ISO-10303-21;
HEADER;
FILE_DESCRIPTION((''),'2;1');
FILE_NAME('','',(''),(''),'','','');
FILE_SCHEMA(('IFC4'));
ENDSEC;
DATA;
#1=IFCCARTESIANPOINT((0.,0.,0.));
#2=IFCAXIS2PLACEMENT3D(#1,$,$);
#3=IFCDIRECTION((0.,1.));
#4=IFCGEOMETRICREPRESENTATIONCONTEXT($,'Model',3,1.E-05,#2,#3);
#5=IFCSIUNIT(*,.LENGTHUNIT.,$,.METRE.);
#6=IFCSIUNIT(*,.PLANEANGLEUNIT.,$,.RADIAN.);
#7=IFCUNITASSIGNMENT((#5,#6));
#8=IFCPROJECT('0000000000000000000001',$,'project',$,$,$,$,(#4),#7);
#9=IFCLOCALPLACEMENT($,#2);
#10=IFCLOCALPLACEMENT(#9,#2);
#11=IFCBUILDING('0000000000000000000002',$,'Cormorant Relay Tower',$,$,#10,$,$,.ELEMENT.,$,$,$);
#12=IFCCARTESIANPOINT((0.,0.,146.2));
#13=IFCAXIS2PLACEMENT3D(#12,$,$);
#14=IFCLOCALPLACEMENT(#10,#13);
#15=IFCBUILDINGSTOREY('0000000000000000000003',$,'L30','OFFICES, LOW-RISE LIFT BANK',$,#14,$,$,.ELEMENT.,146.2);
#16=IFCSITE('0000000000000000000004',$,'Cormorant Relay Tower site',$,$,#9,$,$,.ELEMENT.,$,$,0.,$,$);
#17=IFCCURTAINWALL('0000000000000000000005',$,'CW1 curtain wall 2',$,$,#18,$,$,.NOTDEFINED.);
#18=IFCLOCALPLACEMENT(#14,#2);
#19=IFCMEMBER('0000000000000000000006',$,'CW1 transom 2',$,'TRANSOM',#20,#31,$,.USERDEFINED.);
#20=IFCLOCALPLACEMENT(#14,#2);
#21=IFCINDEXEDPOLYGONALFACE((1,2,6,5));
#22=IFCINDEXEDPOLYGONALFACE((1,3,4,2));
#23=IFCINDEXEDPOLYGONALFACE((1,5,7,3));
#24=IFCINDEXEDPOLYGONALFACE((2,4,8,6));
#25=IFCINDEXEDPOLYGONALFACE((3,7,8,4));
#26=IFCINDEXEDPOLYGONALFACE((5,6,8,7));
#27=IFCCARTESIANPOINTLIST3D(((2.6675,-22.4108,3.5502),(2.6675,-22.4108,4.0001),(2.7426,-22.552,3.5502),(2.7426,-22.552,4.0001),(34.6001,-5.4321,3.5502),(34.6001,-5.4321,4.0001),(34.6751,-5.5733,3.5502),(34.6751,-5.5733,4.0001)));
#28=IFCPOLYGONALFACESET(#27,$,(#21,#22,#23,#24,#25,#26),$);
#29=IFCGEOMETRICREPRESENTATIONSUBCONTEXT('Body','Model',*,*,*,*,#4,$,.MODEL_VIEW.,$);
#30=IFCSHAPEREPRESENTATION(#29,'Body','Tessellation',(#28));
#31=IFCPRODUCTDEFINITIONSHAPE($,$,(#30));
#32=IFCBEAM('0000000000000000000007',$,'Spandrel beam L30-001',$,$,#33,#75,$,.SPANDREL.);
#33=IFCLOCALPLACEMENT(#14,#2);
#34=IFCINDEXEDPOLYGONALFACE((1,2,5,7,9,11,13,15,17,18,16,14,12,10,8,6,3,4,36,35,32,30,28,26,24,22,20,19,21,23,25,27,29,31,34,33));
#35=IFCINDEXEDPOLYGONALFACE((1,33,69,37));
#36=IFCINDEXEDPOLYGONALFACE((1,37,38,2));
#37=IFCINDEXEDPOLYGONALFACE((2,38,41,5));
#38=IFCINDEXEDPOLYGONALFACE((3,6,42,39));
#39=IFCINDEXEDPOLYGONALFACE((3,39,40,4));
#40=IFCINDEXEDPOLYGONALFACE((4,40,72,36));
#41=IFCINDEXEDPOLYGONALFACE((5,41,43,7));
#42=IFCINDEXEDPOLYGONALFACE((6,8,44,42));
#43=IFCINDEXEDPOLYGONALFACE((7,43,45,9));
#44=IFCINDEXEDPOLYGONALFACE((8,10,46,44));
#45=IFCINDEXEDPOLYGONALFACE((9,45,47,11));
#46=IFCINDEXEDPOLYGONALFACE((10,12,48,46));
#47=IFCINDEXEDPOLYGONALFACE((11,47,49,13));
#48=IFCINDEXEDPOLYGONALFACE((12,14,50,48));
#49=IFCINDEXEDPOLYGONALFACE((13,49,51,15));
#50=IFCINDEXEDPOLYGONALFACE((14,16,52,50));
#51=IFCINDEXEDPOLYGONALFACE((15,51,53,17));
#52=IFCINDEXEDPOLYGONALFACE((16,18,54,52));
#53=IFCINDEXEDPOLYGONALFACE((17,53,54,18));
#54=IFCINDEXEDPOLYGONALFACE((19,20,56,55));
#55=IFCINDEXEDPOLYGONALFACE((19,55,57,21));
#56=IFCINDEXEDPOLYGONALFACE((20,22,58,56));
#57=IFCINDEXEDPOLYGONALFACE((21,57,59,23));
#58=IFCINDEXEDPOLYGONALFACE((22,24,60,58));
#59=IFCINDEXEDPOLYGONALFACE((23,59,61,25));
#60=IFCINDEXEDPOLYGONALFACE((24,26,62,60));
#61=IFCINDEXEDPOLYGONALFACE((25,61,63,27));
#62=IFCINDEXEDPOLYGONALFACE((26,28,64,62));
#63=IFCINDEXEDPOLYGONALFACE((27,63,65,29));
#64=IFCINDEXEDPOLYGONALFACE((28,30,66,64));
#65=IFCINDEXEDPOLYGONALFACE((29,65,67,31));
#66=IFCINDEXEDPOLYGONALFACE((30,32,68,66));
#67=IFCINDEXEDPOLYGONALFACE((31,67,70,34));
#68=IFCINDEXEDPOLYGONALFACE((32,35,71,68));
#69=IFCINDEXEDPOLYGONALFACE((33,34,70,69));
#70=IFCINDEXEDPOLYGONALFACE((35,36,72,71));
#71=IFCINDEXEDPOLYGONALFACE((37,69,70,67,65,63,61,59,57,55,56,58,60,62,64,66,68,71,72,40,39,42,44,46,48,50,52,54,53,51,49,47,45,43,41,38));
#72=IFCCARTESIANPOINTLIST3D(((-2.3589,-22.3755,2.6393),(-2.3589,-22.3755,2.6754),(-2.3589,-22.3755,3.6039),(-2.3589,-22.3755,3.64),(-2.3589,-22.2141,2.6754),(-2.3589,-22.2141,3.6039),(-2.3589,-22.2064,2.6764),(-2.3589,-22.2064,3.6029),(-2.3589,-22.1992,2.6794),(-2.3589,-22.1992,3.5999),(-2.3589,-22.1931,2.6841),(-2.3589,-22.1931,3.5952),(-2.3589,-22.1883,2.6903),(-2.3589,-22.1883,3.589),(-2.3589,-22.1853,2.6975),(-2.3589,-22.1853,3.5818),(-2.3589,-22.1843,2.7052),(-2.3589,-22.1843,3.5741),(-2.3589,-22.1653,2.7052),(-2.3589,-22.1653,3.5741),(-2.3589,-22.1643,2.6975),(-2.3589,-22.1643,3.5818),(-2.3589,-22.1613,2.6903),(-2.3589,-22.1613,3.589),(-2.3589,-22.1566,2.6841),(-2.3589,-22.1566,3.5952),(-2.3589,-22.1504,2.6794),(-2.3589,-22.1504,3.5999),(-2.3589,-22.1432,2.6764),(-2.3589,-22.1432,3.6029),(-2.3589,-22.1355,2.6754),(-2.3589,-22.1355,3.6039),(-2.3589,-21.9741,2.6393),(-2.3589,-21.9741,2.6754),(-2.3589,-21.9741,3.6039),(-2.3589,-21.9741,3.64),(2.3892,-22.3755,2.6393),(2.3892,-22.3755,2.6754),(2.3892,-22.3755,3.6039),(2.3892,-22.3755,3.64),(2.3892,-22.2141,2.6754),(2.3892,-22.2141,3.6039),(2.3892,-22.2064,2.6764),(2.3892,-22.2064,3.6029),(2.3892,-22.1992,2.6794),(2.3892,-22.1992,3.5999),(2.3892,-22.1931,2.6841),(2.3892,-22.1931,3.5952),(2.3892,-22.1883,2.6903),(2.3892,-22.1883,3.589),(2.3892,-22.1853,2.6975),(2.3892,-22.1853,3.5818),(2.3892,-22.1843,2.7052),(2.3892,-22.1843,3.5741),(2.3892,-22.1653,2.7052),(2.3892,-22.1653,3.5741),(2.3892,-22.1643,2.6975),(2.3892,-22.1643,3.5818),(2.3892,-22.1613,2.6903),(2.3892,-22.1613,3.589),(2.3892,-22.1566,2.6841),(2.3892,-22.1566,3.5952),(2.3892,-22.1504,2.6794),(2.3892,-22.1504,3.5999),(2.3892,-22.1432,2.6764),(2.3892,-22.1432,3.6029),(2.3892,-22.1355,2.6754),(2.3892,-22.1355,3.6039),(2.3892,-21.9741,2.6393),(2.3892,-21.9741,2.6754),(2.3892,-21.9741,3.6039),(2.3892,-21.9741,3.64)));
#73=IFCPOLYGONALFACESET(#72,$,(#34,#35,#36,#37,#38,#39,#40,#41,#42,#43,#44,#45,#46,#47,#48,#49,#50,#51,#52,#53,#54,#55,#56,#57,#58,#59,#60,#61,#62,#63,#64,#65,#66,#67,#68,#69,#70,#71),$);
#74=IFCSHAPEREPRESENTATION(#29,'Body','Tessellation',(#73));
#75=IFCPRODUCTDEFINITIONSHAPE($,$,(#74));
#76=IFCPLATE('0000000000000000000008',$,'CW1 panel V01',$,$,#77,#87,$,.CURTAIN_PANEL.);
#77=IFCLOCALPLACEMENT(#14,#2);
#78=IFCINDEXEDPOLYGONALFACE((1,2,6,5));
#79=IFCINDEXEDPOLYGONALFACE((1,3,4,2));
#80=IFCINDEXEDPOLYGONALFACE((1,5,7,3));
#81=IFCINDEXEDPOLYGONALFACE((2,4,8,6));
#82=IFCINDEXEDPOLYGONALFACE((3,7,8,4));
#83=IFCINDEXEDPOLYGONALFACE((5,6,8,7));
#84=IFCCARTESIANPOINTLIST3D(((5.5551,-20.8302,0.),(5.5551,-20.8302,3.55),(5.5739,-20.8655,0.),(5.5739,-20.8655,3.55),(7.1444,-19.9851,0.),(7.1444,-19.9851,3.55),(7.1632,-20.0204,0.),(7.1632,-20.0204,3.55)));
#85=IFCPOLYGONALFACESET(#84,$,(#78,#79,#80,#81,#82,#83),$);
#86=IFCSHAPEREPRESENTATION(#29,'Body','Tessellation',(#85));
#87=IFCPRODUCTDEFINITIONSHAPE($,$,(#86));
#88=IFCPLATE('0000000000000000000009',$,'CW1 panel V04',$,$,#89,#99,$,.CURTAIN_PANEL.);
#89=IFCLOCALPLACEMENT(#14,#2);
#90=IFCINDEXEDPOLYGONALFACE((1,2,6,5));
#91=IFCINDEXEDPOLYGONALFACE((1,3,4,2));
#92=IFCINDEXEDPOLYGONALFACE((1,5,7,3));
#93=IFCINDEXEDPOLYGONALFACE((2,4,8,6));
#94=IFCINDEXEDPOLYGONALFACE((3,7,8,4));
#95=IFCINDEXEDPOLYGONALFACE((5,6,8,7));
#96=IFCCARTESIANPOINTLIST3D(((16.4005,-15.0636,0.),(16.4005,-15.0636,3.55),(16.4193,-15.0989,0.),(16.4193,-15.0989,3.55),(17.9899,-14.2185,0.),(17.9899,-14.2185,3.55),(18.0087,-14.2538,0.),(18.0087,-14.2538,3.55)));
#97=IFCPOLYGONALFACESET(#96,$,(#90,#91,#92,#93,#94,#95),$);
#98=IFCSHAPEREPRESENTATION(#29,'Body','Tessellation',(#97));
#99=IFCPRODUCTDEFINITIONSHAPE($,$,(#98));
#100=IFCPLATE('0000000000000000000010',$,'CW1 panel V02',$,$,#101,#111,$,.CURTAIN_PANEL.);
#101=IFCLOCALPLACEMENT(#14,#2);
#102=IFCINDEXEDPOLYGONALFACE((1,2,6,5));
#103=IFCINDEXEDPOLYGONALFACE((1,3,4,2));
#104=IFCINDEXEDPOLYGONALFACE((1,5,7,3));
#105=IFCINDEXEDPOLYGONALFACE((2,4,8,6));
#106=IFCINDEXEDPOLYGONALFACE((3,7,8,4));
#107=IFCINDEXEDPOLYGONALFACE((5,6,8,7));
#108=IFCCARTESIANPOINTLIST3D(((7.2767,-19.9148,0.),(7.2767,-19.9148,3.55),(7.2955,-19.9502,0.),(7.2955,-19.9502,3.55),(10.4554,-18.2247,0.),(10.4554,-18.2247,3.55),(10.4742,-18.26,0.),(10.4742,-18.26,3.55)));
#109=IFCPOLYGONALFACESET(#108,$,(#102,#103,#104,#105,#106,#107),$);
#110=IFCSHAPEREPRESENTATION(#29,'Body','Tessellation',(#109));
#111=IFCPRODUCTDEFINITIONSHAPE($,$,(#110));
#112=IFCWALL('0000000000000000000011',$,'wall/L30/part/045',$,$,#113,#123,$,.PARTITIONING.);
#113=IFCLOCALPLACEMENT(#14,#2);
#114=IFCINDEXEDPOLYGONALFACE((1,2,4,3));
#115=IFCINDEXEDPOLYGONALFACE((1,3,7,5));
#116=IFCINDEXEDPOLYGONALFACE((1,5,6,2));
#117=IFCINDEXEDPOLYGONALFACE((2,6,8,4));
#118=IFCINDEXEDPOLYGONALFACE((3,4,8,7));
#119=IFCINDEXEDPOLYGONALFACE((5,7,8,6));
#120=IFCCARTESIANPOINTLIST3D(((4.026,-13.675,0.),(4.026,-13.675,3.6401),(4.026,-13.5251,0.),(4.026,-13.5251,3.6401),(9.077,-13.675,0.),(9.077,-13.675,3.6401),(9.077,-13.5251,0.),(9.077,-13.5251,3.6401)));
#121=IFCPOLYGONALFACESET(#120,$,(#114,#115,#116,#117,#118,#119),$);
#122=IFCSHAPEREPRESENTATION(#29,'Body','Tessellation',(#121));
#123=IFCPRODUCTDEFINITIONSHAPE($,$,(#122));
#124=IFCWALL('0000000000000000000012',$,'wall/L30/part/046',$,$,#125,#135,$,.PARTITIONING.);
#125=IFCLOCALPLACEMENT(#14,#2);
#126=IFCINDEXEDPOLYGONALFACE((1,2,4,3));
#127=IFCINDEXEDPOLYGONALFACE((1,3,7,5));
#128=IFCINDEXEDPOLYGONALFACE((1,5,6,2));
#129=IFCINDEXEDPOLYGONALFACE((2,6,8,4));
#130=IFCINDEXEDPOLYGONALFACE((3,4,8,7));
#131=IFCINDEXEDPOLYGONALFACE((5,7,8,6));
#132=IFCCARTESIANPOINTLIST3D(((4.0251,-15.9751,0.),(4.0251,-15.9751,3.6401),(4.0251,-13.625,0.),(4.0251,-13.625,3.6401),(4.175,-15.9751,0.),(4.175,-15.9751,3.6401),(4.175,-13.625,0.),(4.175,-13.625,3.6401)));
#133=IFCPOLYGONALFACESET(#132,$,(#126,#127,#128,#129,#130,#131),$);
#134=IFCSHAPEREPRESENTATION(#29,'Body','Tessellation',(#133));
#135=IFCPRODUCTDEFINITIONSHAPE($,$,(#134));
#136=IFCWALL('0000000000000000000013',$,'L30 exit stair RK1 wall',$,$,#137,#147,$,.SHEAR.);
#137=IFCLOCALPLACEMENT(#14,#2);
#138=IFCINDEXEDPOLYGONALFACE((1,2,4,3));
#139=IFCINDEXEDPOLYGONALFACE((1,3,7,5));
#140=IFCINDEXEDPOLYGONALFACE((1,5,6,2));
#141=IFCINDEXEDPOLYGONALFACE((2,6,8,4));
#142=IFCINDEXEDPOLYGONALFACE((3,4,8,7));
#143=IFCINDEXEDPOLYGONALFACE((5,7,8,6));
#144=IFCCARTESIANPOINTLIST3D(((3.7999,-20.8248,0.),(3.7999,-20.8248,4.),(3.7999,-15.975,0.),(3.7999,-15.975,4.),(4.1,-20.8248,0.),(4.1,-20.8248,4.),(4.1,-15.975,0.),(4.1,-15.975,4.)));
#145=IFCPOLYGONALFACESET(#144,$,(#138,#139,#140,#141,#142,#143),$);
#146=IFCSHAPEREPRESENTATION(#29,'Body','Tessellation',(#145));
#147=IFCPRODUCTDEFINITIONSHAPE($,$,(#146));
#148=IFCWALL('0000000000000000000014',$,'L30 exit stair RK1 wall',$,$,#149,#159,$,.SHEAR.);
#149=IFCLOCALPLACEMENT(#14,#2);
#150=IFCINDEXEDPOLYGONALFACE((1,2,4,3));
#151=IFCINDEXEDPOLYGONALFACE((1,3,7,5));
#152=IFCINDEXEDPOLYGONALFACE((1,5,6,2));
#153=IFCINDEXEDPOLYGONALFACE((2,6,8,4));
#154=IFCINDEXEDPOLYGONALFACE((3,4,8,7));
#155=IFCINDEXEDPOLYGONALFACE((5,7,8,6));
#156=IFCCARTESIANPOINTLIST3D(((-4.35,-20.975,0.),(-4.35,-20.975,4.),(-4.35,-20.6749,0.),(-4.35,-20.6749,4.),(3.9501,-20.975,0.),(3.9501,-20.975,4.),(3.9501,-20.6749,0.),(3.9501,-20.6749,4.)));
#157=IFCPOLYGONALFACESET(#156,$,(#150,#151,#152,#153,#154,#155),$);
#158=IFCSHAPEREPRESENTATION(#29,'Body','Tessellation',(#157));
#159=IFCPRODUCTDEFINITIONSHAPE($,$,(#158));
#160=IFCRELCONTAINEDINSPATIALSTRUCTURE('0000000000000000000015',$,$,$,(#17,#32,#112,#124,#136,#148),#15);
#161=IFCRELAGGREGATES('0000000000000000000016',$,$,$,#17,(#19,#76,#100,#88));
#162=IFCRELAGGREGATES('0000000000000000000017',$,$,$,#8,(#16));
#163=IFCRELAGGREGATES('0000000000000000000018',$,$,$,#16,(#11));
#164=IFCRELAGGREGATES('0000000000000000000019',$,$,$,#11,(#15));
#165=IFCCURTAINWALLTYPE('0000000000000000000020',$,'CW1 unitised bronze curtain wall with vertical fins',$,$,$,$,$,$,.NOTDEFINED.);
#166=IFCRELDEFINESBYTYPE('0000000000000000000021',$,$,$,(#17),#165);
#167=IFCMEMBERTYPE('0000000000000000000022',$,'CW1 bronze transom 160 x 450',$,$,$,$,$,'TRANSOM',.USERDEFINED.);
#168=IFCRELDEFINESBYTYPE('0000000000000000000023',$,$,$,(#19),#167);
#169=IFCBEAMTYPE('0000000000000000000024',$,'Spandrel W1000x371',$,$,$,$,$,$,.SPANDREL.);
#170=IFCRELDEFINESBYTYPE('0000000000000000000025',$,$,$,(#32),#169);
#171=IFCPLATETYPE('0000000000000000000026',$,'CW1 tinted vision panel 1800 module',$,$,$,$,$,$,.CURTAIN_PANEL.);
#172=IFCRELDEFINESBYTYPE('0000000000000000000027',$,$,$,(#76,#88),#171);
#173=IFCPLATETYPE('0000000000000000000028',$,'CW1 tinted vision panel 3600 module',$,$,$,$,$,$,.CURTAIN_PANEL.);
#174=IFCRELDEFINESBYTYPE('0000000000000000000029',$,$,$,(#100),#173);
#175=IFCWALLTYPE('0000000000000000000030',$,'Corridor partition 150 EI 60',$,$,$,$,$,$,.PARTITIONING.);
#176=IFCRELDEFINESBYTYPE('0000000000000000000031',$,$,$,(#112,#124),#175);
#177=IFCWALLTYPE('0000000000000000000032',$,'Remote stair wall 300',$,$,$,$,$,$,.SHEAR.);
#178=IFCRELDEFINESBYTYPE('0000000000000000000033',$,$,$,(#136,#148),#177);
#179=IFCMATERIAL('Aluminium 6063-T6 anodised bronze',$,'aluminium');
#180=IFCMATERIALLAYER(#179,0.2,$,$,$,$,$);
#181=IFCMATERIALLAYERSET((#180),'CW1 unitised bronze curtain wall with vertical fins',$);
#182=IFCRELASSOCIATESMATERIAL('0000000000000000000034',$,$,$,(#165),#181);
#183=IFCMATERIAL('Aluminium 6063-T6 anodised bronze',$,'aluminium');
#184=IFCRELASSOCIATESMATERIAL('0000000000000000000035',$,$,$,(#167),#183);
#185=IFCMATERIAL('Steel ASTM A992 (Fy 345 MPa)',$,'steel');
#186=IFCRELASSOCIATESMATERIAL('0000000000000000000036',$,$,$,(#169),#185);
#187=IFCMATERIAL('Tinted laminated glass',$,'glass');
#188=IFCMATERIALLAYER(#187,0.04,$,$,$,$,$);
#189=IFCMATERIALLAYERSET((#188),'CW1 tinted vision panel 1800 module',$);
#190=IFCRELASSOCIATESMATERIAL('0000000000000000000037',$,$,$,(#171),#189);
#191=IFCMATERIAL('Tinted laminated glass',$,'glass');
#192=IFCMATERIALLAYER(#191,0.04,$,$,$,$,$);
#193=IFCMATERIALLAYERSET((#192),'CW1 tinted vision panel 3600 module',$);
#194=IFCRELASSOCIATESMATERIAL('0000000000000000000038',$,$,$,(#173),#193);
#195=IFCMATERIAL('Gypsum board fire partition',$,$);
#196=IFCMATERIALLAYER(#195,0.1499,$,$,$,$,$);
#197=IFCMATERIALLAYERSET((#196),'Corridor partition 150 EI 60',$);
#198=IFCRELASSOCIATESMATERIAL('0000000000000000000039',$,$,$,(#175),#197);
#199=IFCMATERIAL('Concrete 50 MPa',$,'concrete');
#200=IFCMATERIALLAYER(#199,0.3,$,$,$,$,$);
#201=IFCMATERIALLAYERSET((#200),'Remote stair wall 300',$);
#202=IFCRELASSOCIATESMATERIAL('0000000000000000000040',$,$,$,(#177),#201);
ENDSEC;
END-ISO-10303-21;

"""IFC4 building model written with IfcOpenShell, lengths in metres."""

from ifc_helpers import new_model, si_unit, direction, frame, frame_2d, origin, origin_2d, place, context, subcontext, project, spatial, rectangle, i_section, extrude, material, layer, layer_set, material_profile, profile_set, type_object, element, aggregate, save


model = new_model("IFC4")

# Units and contexts
model_context = context("Model", 3, precision=1e-05, world=origin(), true_north=direction((0.0, 1.0)))
body_context = subcontext(model_context, "Body", "Model", "MODEL_VIEW")
ifc_project = project(units=[si_unit("LENGTHUNIT", "METRE"), si_unit("PLANEANGLEUNIT", "RADIAN")], contexts=[model_context])

# Site, building, storey
site_placement = place(None, origin())
site = spatial("IfcSite", under=ifc_project, at=site_placement, Name="Cormorant Relay Tower site", CompositionType="ELEMENT", RefElevation=0.0)
building_placement = place(site_placement, origin())
building = spatial("IfcBuilding", under=site, at=building_placement, Name="Cormorant Relay Tower", CompositionType="ELEMENT")
storey_placement = place(building_placement, frame((0.0, 0.0, 146.2)))
storey = spatial("IfcBuildingStorey", under=building, at=storey_placement, Name="L30", Description="OFFICES, LOW-RISE LIFT BANK", CompositionType="ELEMENT", Elevation=146.2)

# Curtain wall, member
ifc_material_1 = material(Name="Aluminium 6063-T6 anodised bronze", Category="aluminium")
ifc_layer_1 = layer(ifc_material_1, 0.2)
ifc_layer_set_1 = layer_set([ifc_layer_1], Name="CW1 unitised bronze curtain wall with vertical fins")
curtain_wall_type = type_object("IfcCurtainWallType", Name="CW1 unitised bronze curtain wall with vertical fins", PredefinedType="NOTDEFINED", material=ifc_layer_set_1)
curtain_wall_1_placement = place(storey_placement, origin())
curtain_wall_1 = element("IfcCurtainWall", 1, at=curtain_wall_1_placement, inside=storey, type_object=curtain_wall_type, Name="CW1 curtain wall 2", PredefinedType="NOTDEFINED")
ifc_material_2 = material(Name="Aluminium 6063-T6 anodised bronze", Category="aluminium")
ifc_material_profile_1 = material_profile(ifc_material_2, rectangle(XDim=0.1599, YDim=0.45, at=origin_2d()), Name="AL 160x450")
ifc_profile_set_1 = profile_set([ifc_material_profile_1], Name="Aluminium 6063-T6 anodised bronze")
member_type_1 = type_object("IfcMemberType", Name="CW1 bronze transom 160 x 450", ElementType="TRANSOM", PredefinedType="USERDEFINED", material=ifc_profile_set_1)
member_1_placement = place(storey_placement, frame((2.7051, -22.4814, 3.7751), z_axis=(0.882949, 0.469469, 0.0), x_axis=(-0.469469, 0.882949, 0.0)))
member_1 = element("IfcMember", 2, at=member_1_placement, type_object=member_type_1, Name="CW1 transom 2", ObjectType="TRANSOM", PredefinedType="USERDEFINED", context=body_context, shape_type="SweptSolid", body=[
    extrude(rectangle(XDim=0.1599, YDim=0.45, at=origin_2d()), origin(), (0.0, 0.0, 1.0), 36.1658),
])

# Beam
ifc_material_3 = material(Name="Steel ASTM A992 (Fy 345 MPa)", Category="steel")
ifc_material_profile_2 = material_profile(ifc_material_3, i_section(OverallWidth=0.4014, OverallDepth=1.0007, WebThickness=0.019, FlangeThickness=0.0361, FilletRadius=0.0298, at=origin_2d()), Name="W1000x371")
ifc_profile_set_2 = profile_set([ifc_material_profile_2], Name="Steel ASTM A992 (Fy 345 MPa)")
beam_type = type_object("IfcBeamType", Name="Spandrel W1000x371", PredefinedType="SPANDREL", material=ifc_profile_set_2)
beam_placement = place(storey_placement, frame((-2.3589, -22.1748, 3.1396), z_axis=(1.0, 0.0, 0.0), x_axis=(0.0, 1.0, 0.0)))
element("IfcBeam", 3, at=beam_placement, inside=storey, type_object=beam_type, Name="Spandrel beam L30-001", PredefinedType="SPANDREL", context=body_context, shape_type="SweptSolid", body=[
    extrude(i_section(OverallWidth=0.4014, OverallDepth=1.0007, WebThickness=0.019, FlangeThickness=0.0361, FilletRadius=0.0298, at=origin_2d()), origin(), (0.0, 0.0, 1.0), 4.748),
])

# Plates
ifc_material_4 = material(Name="Tinted laminated glass", Category="glass")
ifc_layer_2 = layer(ifc_material_4, 0.04)
ifc_layer_set_2 = layer_set([ifc_layer_2], Name="CW1 tinted vision panel 1800 module")
plate_type_1 = type_object("IfcPlateType", Name="CW1 tinted vision panel 1800 module", PredefinedType="CURTAIN_PANEL", material=ifc_layer_set_2)
plate_1_placement = place(storey_placement, frame((6.3591, -20.4253, 0.0), z_axis=(0.0, 0.0, 1.0), x_axis=(0.882948, 0.469472, 0.0)))
plate_1 = element("IfcPlate", 4, at=plate_1_placement, type_object=plate_type_1, Name="CW1 panel V01", PredefinedType="CURTAIN_PANEL", context=body_context, shape_type="SweptSolid", body=[
    extrude(rectangle(XDim=1.8, YDim=0.04, at=origin_2d()), origin(), (0.0, 0.0, 1.0), 3.55),
])
plate_2_placement = place(storey_placement, frame((17.2046, -14.6587, 0.0), z_axis=(0.0, 0.0, 1.0), x_axis=(0.882948, 0.469472, 0.0)))
plate_2 = element("IfcPlate", 5, at=plate_2_placement, type_object=plate_type_1, Name="CW1 panel V04", PredefinedType="CURTAIN_PANEL", context=body_context, shape_type="SweptSolid", body=[
    extrude(rectangle(XDim=1.8, YDim=0.04, at=origin_2d()), origin(), (0.0, 0.0, 1.0), 3.55),
])
ifc_material_5 = material(Name="Tinted laminated glass", Category="glass")
ifc_layer_3 = layer(ifc_material_5, 0.04)
ifc_layer_set_3 = layer_set([ifc_layer_3], Name="CW1 tinted vision panel 3600 module")
plate_type_2 = type_object("IfcPlateType", Name="CW1 tinted vision panel 3600 module", PredefinedType="CURTAIN_PANEL", material=ifc_layer_set_3)
plate_3_placement = place(storey_placement, frame((8.8755, -19.0874, 0.0), z_axis=(0.0, 0.0, 1.0), x_axis=(0.882948, 0.469472, 0.0)))
plate_3 = element("IfcPlate", 6, at=plate_3_placement, type_object=plate_type_2, Name="CW1 panel V02", PredefinedType="CURTAIN_PANEL", context=body_context, shape_type="SweptSolid", body=[
    extrude(rectangle(XDim=3.6001, YDim=0.04, at=origin_2d()), origin(), (0.0, 0.0, 1.0), 3.55),
])

# Walls
ifc_material_6 = material(Name="Gypsum board fire partition")
ifc_layer_4 = layer(ifc_material_6, 0.1499)
ifc_layer_set_4 = layer_set([ifc_layer_4], Name="Corridor partition 150 EI 60")
wall_type_1 = type_object("IfcWallType", Name="Corridor partition 150 EI 60", PredefinedType="PARTITIONING", material=ifc_layer_set_4)
wall_1_placement = place(storey_placement, frame((9.0769, -13.6001, 0.0), z_axis=(0.0, 0.0, 1.0), x_axis=(-1.0, 0.0, 0.0)))
element("IfcWall", 7, at=wall_1_placement, inside=storey, type_object=wall_type_1, Name="wall/L30/part/045", PredefinedType="PARTITIONING", context=body_context, shape_type="SweptSolid", body=[
    extrude(rectangle(XDim=5.051, YDim=0.1499, at=frame_2d((2.5254, 0.0))), origin(), (0.0, 0.0, 1.0), 3.6401),
])
wall_2_placement = place(storey_placement, frame((4.1001, -15.9751, 0.0), z_axis=(0.0, 0.0, 1.0), x_axis=(0.0, 1.0, 0.0)))
element("IfcWall", 8, at=wall_2_placement, inside=storey, type_object=wall_type_1, Name="wall/L30/part/046", PredefinedType="PARTITIONING", context=body_context, shape_type="SweptSolid", body=[
    extrude(rectangle(XDim=2.3501, YDim=0.1499, at=frame_2d((1.175, 0.0))), origin(), (0.0, 0.0, 1.0), 3.6401),
])
ifc_material_7 = material(Name="Concrete 50 MPa", Category="concrete")
ifc_layer_5 = layer(ifc_material_7, 0.3)
ifc_layer_set_5 = layer_set([ifc_layer_5], Name="Remote stair wall 300")
wall_type_2 = type_object("IfcWallType", Name="Remote stair wall 300", PredefinedType="SHEAR", material=ifc_layer_set_5)
wall_3_placement = place(storey_placement, frame((3.95, -15.9751, 0.0), z_axis=(0.0, 0.0, 1.0), x_axis=(0.0, -1.0, 0.0)))
element("IfcWall", 9, at=wall_3_placement, inside=storey, type_object=wall_type_2, Name="L30 exit stair RK1 wall", PredefinedType="SHEAR", context=body_context, shape_type="SweptSolid", body=[
    extrude(rectangle(XDim=4.8499, YDim=0.3, at=frame_2d((2.4248, 0.0))), origin(), (0.0, 0.0, 1.0), 4.0),
])
wall_4_placement = place(storey_placement, frame((3.95, -20.825, 0.0), z_axis=(0.0, 0.0, 1.0), x_axis=(-1.0, 0.0, 0.0)))
element("IfcWall", 10, at=wall_4_placement, inside=storey, type_object=wall_type_2, Name="L30 exit stair RK1 wall", PredefinedType="SHEAR", context=body_context, shape_type="SweptSolid", body=[
    extrude(rectangle(XDim=8.3, YDim=0.3, at=frame_2d((4.1499, 0.0))), origin(), (0.0, 0.0, 1.0), 4.0),
])

aggregate(curtain_wall_1, [member_1, plate_1, plate_3, plate_2])

save(model, "model.ifc")
